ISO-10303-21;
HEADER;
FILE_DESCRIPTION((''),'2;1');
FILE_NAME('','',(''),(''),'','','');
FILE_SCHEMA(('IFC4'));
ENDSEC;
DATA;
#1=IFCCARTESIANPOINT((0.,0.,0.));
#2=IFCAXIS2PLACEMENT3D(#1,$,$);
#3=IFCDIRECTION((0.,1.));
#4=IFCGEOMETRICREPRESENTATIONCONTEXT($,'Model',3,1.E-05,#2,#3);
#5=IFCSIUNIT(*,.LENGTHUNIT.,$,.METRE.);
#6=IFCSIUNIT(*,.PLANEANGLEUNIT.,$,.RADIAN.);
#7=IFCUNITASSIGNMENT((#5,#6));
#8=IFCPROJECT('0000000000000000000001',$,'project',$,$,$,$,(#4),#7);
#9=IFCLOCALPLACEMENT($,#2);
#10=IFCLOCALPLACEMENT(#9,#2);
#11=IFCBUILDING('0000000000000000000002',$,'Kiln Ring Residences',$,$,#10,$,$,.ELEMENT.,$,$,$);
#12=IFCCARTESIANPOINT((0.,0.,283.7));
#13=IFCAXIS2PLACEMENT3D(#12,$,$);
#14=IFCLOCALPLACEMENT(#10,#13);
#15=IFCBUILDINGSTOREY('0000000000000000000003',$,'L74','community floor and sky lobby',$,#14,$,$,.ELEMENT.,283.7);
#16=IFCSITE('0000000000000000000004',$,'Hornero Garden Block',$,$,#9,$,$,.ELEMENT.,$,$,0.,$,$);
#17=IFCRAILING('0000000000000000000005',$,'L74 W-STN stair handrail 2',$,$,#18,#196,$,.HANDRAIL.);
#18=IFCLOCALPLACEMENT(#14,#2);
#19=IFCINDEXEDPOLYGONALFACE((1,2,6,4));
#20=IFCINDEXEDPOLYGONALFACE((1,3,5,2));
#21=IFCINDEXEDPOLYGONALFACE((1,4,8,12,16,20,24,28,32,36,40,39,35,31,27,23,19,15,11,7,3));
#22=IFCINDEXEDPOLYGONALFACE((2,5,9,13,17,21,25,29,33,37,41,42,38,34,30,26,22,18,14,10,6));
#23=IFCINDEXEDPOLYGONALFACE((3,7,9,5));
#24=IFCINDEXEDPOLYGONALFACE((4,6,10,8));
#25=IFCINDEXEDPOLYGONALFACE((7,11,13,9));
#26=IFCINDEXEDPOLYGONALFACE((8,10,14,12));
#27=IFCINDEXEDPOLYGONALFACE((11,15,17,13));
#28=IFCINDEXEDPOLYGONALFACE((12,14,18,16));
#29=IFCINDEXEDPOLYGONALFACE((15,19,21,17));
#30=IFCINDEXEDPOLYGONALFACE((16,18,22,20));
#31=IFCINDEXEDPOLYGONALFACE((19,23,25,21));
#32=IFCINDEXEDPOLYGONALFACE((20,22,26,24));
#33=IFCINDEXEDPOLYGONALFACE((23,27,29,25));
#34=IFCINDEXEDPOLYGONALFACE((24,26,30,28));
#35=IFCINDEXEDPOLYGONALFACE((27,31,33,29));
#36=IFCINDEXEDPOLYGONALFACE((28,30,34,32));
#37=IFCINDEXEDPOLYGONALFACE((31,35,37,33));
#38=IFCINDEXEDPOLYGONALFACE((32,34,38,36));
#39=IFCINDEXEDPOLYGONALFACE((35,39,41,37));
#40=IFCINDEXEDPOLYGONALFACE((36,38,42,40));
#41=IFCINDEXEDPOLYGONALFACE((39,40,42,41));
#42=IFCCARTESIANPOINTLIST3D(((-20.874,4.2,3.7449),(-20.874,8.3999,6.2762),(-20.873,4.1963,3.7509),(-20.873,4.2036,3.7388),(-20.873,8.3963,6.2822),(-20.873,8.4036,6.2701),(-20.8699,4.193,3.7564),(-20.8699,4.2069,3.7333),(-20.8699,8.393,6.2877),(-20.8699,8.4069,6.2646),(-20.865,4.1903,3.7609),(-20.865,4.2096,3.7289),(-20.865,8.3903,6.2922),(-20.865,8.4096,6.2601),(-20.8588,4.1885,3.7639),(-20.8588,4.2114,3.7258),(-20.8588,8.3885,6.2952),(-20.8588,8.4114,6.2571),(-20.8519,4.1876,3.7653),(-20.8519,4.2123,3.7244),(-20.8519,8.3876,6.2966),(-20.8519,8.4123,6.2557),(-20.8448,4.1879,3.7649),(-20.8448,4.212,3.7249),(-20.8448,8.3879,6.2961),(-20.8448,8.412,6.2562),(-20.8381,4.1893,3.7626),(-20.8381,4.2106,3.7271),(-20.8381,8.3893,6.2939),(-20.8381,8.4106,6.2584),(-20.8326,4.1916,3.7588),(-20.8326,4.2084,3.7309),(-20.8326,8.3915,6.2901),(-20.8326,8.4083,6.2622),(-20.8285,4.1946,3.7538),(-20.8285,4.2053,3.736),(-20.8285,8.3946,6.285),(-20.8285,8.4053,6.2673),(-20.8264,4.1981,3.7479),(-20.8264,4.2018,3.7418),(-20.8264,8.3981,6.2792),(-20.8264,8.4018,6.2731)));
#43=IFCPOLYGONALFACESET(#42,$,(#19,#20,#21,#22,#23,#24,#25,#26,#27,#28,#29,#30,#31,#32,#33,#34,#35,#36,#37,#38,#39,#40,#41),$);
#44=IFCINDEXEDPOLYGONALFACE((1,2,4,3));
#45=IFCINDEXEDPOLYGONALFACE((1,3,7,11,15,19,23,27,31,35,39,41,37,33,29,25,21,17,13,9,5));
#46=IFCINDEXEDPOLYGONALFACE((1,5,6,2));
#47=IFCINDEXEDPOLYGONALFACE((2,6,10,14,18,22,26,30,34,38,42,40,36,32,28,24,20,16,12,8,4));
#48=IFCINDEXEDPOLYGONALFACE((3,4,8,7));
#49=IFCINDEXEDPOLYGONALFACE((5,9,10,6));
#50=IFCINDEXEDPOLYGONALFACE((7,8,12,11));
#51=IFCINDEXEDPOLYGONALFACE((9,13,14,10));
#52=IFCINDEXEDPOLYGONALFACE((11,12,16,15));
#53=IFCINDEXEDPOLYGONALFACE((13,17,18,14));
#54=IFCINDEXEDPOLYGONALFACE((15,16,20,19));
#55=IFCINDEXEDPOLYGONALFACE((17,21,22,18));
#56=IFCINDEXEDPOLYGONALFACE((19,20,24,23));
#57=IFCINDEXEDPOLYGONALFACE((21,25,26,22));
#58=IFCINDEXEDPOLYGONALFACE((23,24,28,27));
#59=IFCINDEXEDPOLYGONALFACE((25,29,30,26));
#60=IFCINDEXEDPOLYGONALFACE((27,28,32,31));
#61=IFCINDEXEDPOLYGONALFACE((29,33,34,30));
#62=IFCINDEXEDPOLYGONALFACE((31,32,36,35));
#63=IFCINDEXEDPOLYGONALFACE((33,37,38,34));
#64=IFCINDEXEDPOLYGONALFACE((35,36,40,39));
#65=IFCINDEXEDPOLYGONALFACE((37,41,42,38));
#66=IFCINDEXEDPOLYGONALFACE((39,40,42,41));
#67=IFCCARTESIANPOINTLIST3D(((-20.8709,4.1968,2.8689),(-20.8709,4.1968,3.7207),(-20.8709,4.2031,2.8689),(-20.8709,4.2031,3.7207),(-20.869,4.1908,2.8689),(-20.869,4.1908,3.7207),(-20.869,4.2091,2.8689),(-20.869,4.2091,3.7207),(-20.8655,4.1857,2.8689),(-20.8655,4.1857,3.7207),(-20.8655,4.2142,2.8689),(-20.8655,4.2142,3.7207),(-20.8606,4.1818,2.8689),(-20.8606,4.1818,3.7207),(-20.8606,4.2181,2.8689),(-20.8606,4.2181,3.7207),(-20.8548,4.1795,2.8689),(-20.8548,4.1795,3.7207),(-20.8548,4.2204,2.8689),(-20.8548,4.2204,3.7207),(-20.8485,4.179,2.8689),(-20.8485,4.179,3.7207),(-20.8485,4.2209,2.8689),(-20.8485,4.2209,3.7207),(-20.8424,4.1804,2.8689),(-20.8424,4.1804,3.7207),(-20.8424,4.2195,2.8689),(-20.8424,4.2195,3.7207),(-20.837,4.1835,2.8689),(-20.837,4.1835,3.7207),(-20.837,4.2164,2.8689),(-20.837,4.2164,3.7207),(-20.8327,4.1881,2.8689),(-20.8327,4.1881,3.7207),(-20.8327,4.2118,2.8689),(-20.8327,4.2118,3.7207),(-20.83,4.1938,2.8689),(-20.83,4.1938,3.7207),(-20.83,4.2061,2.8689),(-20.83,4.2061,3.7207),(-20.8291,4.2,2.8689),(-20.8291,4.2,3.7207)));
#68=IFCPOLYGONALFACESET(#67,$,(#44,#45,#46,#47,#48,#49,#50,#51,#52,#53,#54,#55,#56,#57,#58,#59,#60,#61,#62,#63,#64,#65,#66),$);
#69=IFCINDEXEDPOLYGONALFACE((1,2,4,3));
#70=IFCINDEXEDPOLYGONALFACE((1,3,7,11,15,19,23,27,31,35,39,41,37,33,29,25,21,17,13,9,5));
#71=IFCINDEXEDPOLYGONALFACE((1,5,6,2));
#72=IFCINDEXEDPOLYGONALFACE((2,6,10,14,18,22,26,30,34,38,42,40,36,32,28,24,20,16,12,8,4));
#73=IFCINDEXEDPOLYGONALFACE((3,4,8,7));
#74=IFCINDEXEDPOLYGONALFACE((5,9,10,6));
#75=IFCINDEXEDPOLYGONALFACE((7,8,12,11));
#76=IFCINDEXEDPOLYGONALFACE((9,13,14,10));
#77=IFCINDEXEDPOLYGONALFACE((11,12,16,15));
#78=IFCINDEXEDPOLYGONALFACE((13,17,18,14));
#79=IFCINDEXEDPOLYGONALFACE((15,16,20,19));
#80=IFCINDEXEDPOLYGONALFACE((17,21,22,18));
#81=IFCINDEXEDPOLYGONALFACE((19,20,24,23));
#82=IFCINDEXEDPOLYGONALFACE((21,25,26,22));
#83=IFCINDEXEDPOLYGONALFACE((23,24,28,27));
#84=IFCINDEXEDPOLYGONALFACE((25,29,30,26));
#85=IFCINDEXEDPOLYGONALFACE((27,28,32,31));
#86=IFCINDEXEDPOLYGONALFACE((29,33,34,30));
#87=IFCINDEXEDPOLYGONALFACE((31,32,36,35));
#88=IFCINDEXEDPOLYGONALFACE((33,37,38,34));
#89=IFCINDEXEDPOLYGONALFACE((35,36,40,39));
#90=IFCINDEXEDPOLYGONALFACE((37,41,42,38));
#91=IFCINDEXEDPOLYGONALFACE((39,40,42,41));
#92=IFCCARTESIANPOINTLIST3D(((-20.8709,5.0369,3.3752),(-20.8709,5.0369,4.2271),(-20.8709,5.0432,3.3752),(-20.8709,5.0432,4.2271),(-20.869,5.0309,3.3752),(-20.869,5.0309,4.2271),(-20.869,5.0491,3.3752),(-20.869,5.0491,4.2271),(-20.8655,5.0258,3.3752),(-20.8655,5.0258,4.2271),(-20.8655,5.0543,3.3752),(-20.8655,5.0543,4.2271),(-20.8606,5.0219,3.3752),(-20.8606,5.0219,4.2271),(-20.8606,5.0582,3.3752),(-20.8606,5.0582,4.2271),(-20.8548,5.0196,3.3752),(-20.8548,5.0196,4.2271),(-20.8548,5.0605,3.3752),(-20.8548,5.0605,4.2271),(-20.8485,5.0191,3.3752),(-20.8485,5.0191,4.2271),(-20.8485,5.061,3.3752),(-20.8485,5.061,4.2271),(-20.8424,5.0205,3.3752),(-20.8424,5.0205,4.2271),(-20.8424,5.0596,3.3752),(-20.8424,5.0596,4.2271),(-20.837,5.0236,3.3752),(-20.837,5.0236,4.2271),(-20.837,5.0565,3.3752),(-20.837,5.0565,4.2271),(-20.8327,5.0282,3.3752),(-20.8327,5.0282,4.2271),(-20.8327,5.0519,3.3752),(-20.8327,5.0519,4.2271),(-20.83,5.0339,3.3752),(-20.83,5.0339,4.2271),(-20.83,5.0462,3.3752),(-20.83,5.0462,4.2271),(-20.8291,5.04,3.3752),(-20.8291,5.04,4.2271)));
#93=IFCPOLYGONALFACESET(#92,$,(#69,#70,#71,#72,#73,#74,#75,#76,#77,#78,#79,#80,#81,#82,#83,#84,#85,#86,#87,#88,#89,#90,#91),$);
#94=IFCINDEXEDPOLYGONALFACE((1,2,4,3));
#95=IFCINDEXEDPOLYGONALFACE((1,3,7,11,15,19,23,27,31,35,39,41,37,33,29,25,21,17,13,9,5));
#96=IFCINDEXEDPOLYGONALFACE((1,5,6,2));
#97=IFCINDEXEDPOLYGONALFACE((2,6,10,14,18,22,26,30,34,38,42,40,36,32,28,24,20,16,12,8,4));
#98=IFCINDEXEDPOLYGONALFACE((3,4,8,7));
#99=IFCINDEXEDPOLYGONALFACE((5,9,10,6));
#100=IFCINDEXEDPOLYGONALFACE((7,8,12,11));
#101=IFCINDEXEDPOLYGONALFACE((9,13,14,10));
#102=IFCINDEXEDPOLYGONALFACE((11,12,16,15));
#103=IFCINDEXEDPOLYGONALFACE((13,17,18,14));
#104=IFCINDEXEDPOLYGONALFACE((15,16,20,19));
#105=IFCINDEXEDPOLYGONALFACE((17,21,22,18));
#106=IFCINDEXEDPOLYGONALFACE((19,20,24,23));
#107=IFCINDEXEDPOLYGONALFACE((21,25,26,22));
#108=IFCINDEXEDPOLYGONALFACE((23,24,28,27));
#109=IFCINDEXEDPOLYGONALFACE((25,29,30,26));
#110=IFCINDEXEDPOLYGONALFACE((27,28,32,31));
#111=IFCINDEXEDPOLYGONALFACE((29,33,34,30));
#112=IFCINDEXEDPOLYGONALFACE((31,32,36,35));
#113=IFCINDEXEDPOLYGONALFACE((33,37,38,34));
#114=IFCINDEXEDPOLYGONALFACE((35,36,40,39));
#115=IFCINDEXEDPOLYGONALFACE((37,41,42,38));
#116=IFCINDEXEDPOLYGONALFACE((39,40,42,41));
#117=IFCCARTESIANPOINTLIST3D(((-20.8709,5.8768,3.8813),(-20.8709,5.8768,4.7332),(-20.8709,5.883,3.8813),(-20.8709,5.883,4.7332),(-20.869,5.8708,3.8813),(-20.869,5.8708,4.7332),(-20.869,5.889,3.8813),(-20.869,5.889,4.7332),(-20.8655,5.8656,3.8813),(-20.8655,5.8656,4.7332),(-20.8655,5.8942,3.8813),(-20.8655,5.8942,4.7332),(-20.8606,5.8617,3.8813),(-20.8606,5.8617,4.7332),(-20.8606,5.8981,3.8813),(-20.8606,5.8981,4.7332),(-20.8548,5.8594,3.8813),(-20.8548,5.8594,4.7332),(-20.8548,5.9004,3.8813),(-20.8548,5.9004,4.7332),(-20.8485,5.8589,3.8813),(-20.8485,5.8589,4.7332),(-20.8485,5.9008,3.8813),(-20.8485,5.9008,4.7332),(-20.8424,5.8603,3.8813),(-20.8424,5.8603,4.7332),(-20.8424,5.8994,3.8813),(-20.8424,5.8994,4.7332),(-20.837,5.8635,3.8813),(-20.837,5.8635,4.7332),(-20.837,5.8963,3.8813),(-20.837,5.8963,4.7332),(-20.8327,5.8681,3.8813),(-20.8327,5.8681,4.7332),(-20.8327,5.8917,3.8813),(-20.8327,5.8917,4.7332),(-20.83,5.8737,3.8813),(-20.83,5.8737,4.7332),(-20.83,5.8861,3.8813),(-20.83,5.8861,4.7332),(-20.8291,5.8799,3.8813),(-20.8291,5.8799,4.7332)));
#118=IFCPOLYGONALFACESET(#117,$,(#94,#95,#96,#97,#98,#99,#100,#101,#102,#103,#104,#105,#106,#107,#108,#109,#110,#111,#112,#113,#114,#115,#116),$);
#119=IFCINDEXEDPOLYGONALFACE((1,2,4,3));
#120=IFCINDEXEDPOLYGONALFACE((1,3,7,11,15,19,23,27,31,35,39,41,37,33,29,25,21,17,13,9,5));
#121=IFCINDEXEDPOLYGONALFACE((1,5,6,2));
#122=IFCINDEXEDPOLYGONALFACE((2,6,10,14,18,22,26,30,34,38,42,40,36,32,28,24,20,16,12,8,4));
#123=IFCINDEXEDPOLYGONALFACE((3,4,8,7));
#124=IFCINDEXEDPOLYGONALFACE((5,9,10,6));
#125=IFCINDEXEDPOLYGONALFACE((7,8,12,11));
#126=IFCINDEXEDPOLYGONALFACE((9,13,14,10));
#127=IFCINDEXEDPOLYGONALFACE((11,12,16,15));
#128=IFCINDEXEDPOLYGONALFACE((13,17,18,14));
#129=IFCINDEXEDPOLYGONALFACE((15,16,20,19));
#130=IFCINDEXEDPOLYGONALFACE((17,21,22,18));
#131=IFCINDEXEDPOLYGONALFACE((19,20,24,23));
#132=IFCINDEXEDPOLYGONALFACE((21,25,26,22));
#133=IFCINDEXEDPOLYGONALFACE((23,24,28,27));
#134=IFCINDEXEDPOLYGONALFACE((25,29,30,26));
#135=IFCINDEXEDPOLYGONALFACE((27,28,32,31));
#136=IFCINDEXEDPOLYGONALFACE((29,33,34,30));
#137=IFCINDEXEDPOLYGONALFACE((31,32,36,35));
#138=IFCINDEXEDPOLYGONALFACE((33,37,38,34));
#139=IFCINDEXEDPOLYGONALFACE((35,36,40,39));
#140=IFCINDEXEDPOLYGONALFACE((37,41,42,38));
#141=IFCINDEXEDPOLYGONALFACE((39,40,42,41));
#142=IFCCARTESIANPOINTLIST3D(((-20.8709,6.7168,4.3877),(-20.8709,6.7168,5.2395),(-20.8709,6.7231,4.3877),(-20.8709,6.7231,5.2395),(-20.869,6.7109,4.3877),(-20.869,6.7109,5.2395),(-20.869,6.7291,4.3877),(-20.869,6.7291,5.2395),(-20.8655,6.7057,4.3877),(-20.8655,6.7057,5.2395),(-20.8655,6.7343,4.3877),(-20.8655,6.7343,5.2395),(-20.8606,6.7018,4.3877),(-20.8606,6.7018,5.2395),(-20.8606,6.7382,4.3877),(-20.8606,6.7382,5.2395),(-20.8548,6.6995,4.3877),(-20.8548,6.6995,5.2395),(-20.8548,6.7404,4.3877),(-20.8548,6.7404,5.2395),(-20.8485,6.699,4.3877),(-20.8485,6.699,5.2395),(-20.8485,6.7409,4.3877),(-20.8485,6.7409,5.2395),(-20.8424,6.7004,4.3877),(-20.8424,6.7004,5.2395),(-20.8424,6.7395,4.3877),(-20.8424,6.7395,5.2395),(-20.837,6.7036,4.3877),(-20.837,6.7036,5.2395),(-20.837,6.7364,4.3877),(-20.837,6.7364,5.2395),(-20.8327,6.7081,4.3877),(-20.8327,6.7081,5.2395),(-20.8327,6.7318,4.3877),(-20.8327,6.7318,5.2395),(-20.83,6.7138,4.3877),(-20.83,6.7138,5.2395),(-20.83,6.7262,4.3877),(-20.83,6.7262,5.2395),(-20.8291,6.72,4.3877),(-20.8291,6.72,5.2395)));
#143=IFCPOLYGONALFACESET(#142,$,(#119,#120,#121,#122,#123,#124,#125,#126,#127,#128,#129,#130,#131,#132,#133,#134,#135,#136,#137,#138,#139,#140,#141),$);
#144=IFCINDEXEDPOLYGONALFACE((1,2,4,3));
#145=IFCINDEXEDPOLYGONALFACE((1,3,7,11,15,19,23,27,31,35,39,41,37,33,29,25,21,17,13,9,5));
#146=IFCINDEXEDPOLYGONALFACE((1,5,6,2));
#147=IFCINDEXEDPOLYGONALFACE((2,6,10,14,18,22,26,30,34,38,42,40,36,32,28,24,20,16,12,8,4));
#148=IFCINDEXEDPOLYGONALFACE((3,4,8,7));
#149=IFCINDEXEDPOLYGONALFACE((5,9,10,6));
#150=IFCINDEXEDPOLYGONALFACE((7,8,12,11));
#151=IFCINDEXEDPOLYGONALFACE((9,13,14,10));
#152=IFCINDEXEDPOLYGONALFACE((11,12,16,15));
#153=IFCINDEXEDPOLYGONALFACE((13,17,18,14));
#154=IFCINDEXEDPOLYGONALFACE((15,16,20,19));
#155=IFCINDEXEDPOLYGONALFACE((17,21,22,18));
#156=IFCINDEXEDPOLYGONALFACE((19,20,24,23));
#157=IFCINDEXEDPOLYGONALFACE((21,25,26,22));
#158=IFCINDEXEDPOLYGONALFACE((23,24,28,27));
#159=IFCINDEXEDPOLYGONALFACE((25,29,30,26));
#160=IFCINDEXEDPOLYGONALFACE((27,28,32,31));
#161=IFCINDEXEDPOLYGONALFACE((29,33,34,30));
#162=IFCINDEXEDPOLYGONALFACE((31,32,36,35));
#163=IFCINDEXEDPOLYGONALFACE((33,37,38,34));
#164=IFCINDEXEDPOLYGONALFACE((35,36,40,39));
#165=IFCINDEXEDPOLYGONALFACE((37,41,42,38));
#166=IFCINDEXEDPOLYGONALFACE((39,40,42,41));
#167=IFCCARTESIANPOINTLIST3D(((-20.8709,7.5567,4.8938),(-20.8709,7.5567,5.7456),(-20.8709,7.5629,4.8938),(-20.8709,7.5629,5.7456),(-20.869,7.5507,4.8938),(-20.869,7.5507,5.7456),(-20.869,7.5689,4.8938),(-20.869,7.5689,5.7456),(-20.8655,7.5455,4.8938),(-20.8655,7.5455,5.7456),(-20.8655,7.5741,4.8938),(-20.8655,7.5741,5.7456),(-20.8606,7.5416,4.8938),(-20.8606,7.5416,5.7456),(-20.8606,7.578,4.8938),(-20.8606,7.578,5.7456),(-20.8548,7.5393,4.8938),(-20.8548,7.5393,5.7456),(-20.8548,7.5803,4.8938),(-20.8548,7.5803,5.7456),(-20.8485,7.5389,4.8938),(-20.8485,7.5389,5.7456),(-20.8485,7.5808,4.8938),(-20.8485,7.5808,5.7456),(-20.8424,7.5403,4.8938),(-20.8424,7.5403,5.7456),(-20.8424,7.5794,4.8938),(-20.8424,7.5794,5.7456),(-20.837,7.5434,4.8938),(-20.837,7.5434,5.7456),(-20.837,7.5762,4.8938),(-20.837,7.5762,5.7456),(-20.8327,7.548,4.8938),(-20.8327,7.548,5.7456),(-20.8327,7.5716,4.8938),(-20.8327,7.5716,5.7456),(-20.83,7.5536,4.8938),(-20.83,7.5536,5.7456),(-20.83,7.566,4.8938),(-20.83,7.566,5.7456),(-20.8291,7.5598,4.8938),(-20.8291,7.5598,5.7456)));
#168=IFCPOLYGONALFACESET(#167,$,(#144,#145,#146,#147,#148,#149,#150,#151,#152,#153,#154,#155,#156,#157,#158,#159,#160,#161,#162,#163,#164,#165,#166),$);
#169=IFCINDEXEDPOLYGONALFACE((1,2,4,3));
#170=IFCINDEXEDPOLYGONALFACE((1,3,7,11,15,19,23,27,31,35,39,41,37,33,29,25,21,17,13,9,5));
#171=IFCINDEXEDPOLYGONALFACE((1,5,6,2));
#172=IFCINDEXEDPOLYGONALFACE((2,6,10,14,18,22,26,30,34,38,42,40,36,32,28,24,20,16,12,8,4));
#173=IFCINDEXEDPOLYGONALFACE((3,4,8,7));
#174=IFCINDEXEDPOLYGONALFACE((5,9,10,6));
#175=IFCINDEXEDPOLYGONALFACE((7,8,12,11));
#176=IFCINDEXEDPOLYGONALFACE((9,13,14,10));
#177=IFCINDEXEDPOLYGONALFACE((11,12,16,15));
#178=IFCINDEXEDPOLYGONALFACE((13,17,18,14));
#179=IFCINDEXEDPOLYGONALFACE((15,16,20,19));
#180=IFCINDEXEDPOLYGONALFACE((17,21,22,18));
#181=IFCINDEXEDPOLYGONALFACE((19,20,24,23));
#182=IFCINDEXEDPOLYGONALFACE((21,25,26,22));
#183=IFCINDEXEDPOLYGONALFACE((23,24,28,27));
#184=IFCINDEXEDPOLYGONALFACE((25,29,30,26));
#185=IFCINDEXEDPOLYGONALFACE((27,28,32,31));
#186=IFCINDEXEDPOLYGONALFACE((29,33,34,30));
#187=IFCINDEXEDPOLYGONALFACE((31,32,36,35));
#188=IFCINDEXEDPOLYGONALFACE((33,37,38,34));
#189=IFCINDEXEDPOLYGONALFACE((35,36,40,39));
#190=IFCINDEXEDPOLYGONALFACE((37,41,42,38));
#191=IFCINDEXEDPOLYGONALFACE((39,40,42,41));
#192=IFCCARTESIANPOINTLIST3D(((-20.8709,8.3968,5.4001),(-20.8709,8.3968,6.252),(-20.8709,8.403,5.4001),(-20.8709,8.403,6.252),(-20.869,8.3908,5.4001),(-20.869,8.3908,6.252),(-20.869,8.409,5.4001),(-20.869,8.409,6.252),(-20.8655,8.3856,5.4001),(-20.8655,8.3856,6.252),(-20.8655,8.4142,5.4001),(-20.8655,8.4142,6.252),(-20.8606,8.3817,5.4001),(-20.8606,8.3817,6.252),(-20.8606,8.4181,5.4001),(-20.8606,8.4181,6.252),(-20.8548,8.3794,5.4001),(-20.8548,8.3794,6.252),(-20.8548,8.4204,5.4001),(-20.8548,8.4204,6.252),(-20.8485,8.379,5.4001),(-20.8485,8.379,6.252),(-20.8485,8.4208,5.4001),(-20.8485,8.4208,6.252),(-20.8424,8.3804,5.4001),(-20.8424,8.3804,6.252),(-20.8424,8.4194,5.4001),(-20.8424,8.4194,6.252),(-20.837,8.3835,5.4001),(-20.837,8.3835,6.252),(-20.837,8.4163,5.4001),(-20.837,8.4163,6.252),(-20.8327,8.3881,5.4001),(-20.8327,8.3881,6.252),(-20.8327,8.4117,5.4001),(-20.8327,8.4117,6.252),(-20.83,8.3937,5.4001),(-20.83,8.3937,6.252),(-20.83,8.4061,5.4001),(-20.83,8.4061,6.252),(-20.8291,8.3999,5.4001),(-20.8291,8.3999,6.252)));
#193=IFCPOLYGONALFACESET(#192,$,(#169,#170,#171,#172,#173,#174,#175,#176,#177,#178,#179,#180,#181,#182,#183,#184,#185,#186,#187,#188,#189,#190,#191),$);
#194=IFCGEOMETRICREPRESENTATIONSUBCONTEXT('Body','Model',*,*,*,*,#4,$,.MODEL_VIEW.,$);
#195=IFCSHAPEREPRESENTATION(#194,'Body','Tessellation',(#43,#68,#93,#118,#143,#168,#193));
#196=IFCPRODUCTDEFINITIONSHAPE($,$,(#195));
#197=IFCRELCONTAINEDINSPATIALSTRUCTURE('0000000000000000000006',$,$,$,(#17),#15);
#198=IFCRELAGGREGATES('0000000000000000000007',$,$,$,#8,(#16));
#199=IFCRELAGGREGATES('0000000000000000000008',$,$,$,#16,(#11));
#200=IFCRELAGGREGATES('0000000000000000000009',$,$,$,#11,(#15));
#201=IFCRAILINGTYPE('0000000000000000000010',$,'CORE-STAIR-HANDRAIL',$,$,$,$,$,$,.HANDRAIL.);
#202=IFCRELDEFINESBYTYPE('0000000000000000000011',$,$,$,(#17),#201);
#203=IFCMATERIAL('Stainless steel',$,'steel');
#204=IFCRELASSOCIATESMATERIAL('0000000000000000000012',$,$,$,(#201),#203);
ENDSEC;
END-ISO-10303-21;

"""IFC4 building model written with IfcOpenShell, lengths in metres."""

from ifc_helpers import new_model, si_unit, direction, frame, origin, origin_2d, place, context, subcontext, project, spatial, circle, extrude, material, type_object, element, save


model = new_model("IFC4")

# Units and contexts
model_context = context("Model", 3, precision=1e-05, world=origin(), true_north=direction((0.0, 1.0)))
body_context = subcontext(model_context, "Body", "Model", "MODEL_VIEW")
ifc_project = project(units=[si_unit("LENGTHUNIT", "METRE"), si_unit("PLANEANGLEUNIT", "RADIAN")], contexts=[model_context])

# Site, building, storey
site_placement = place(None, origin())
site = spatial("IfcSite", under=ifc_project, at=site_placement, Name="Hornero Garden Block", CompositionType="ELEMENT", RefElevation=0.0)
building_placement = place(site_placement, origin())
building = spatial("IfcBuilding", under=site, at=building_placement, Name="Kiln Ring Residences", CompositionType="ELEMENT")
storey_placement = place(building_placement, frame((0.0, 0.0, 283.7)))
storey = spatial("IfcBuildingStorey", under=building, at=storey_placement, Name="L74", Description="community floor and sky lobby", CompositionType="ELEMENT", Elevation=283.7)

# Railing
ifc_material_1 = material(Name="Stainless steel", Category="steel")
railing_type_1 = type_object("IfcRailingType", Name="CORE-STAIR-HANDRAIL", PredefinedType="HANDRAIL", material=ifc_material_1)
railing_1_placement = place(storey_placement, frame((-20.8501, 4.2, 2.8689)))
element("IfcRailing", 1, at=railing_1_placement, inside=storey, type_object=railing_type_1, Name="L74 W-STN stair handrail 2", PredefinedType="HANDRAIL", context=body_context, shape_type="SweptSolid", body=[
    extrude(circle(Radius=0.0239, at=origin_2d()), frame((0.0, 0.0, 0.876), z_axis=(0.0, 0.856476, 0.516186), x_axis=(-1.0, 0.0, 0.0)), (0.0, 0.0, 1.0), 4.9038),
    extrude(circle(Radius=0.021, at=origin_2d()), origin(), (0.0, 0.0, 1.0), 0.8518),
    extrude(circle(Radius=0.021, at=origin_2d()), frame((0.0, 0.8401, 0.5063)), (0.0, 0.0, 1.0), 0.8518),
    extrude(circle(Radius=0.021, at=origin_2d()), frame((0.0, 1.6799, 1.0125)), (0.0, 0.0, 1.0), 0.8518),
    extrude(circle(Radius=0.021, at=origin_2d()), frame((0.0, 2.52, 1.5188)), (0.0, 0.0, 1.0), 0.8518),
    extrude(circle(Radius=0.021, at=origin_2d()), frame((0.0, 3.3599, 2.0249)), (0.0, 0.0, 1.0), 0.8518),
    extrude(circle(Radius=0.021, at=origin_2d()), frame((0.0, 4.2, 2.5312)), (0.0, 0.0, 1.0), 0.8518),
])

save(model, "model.ifc")
